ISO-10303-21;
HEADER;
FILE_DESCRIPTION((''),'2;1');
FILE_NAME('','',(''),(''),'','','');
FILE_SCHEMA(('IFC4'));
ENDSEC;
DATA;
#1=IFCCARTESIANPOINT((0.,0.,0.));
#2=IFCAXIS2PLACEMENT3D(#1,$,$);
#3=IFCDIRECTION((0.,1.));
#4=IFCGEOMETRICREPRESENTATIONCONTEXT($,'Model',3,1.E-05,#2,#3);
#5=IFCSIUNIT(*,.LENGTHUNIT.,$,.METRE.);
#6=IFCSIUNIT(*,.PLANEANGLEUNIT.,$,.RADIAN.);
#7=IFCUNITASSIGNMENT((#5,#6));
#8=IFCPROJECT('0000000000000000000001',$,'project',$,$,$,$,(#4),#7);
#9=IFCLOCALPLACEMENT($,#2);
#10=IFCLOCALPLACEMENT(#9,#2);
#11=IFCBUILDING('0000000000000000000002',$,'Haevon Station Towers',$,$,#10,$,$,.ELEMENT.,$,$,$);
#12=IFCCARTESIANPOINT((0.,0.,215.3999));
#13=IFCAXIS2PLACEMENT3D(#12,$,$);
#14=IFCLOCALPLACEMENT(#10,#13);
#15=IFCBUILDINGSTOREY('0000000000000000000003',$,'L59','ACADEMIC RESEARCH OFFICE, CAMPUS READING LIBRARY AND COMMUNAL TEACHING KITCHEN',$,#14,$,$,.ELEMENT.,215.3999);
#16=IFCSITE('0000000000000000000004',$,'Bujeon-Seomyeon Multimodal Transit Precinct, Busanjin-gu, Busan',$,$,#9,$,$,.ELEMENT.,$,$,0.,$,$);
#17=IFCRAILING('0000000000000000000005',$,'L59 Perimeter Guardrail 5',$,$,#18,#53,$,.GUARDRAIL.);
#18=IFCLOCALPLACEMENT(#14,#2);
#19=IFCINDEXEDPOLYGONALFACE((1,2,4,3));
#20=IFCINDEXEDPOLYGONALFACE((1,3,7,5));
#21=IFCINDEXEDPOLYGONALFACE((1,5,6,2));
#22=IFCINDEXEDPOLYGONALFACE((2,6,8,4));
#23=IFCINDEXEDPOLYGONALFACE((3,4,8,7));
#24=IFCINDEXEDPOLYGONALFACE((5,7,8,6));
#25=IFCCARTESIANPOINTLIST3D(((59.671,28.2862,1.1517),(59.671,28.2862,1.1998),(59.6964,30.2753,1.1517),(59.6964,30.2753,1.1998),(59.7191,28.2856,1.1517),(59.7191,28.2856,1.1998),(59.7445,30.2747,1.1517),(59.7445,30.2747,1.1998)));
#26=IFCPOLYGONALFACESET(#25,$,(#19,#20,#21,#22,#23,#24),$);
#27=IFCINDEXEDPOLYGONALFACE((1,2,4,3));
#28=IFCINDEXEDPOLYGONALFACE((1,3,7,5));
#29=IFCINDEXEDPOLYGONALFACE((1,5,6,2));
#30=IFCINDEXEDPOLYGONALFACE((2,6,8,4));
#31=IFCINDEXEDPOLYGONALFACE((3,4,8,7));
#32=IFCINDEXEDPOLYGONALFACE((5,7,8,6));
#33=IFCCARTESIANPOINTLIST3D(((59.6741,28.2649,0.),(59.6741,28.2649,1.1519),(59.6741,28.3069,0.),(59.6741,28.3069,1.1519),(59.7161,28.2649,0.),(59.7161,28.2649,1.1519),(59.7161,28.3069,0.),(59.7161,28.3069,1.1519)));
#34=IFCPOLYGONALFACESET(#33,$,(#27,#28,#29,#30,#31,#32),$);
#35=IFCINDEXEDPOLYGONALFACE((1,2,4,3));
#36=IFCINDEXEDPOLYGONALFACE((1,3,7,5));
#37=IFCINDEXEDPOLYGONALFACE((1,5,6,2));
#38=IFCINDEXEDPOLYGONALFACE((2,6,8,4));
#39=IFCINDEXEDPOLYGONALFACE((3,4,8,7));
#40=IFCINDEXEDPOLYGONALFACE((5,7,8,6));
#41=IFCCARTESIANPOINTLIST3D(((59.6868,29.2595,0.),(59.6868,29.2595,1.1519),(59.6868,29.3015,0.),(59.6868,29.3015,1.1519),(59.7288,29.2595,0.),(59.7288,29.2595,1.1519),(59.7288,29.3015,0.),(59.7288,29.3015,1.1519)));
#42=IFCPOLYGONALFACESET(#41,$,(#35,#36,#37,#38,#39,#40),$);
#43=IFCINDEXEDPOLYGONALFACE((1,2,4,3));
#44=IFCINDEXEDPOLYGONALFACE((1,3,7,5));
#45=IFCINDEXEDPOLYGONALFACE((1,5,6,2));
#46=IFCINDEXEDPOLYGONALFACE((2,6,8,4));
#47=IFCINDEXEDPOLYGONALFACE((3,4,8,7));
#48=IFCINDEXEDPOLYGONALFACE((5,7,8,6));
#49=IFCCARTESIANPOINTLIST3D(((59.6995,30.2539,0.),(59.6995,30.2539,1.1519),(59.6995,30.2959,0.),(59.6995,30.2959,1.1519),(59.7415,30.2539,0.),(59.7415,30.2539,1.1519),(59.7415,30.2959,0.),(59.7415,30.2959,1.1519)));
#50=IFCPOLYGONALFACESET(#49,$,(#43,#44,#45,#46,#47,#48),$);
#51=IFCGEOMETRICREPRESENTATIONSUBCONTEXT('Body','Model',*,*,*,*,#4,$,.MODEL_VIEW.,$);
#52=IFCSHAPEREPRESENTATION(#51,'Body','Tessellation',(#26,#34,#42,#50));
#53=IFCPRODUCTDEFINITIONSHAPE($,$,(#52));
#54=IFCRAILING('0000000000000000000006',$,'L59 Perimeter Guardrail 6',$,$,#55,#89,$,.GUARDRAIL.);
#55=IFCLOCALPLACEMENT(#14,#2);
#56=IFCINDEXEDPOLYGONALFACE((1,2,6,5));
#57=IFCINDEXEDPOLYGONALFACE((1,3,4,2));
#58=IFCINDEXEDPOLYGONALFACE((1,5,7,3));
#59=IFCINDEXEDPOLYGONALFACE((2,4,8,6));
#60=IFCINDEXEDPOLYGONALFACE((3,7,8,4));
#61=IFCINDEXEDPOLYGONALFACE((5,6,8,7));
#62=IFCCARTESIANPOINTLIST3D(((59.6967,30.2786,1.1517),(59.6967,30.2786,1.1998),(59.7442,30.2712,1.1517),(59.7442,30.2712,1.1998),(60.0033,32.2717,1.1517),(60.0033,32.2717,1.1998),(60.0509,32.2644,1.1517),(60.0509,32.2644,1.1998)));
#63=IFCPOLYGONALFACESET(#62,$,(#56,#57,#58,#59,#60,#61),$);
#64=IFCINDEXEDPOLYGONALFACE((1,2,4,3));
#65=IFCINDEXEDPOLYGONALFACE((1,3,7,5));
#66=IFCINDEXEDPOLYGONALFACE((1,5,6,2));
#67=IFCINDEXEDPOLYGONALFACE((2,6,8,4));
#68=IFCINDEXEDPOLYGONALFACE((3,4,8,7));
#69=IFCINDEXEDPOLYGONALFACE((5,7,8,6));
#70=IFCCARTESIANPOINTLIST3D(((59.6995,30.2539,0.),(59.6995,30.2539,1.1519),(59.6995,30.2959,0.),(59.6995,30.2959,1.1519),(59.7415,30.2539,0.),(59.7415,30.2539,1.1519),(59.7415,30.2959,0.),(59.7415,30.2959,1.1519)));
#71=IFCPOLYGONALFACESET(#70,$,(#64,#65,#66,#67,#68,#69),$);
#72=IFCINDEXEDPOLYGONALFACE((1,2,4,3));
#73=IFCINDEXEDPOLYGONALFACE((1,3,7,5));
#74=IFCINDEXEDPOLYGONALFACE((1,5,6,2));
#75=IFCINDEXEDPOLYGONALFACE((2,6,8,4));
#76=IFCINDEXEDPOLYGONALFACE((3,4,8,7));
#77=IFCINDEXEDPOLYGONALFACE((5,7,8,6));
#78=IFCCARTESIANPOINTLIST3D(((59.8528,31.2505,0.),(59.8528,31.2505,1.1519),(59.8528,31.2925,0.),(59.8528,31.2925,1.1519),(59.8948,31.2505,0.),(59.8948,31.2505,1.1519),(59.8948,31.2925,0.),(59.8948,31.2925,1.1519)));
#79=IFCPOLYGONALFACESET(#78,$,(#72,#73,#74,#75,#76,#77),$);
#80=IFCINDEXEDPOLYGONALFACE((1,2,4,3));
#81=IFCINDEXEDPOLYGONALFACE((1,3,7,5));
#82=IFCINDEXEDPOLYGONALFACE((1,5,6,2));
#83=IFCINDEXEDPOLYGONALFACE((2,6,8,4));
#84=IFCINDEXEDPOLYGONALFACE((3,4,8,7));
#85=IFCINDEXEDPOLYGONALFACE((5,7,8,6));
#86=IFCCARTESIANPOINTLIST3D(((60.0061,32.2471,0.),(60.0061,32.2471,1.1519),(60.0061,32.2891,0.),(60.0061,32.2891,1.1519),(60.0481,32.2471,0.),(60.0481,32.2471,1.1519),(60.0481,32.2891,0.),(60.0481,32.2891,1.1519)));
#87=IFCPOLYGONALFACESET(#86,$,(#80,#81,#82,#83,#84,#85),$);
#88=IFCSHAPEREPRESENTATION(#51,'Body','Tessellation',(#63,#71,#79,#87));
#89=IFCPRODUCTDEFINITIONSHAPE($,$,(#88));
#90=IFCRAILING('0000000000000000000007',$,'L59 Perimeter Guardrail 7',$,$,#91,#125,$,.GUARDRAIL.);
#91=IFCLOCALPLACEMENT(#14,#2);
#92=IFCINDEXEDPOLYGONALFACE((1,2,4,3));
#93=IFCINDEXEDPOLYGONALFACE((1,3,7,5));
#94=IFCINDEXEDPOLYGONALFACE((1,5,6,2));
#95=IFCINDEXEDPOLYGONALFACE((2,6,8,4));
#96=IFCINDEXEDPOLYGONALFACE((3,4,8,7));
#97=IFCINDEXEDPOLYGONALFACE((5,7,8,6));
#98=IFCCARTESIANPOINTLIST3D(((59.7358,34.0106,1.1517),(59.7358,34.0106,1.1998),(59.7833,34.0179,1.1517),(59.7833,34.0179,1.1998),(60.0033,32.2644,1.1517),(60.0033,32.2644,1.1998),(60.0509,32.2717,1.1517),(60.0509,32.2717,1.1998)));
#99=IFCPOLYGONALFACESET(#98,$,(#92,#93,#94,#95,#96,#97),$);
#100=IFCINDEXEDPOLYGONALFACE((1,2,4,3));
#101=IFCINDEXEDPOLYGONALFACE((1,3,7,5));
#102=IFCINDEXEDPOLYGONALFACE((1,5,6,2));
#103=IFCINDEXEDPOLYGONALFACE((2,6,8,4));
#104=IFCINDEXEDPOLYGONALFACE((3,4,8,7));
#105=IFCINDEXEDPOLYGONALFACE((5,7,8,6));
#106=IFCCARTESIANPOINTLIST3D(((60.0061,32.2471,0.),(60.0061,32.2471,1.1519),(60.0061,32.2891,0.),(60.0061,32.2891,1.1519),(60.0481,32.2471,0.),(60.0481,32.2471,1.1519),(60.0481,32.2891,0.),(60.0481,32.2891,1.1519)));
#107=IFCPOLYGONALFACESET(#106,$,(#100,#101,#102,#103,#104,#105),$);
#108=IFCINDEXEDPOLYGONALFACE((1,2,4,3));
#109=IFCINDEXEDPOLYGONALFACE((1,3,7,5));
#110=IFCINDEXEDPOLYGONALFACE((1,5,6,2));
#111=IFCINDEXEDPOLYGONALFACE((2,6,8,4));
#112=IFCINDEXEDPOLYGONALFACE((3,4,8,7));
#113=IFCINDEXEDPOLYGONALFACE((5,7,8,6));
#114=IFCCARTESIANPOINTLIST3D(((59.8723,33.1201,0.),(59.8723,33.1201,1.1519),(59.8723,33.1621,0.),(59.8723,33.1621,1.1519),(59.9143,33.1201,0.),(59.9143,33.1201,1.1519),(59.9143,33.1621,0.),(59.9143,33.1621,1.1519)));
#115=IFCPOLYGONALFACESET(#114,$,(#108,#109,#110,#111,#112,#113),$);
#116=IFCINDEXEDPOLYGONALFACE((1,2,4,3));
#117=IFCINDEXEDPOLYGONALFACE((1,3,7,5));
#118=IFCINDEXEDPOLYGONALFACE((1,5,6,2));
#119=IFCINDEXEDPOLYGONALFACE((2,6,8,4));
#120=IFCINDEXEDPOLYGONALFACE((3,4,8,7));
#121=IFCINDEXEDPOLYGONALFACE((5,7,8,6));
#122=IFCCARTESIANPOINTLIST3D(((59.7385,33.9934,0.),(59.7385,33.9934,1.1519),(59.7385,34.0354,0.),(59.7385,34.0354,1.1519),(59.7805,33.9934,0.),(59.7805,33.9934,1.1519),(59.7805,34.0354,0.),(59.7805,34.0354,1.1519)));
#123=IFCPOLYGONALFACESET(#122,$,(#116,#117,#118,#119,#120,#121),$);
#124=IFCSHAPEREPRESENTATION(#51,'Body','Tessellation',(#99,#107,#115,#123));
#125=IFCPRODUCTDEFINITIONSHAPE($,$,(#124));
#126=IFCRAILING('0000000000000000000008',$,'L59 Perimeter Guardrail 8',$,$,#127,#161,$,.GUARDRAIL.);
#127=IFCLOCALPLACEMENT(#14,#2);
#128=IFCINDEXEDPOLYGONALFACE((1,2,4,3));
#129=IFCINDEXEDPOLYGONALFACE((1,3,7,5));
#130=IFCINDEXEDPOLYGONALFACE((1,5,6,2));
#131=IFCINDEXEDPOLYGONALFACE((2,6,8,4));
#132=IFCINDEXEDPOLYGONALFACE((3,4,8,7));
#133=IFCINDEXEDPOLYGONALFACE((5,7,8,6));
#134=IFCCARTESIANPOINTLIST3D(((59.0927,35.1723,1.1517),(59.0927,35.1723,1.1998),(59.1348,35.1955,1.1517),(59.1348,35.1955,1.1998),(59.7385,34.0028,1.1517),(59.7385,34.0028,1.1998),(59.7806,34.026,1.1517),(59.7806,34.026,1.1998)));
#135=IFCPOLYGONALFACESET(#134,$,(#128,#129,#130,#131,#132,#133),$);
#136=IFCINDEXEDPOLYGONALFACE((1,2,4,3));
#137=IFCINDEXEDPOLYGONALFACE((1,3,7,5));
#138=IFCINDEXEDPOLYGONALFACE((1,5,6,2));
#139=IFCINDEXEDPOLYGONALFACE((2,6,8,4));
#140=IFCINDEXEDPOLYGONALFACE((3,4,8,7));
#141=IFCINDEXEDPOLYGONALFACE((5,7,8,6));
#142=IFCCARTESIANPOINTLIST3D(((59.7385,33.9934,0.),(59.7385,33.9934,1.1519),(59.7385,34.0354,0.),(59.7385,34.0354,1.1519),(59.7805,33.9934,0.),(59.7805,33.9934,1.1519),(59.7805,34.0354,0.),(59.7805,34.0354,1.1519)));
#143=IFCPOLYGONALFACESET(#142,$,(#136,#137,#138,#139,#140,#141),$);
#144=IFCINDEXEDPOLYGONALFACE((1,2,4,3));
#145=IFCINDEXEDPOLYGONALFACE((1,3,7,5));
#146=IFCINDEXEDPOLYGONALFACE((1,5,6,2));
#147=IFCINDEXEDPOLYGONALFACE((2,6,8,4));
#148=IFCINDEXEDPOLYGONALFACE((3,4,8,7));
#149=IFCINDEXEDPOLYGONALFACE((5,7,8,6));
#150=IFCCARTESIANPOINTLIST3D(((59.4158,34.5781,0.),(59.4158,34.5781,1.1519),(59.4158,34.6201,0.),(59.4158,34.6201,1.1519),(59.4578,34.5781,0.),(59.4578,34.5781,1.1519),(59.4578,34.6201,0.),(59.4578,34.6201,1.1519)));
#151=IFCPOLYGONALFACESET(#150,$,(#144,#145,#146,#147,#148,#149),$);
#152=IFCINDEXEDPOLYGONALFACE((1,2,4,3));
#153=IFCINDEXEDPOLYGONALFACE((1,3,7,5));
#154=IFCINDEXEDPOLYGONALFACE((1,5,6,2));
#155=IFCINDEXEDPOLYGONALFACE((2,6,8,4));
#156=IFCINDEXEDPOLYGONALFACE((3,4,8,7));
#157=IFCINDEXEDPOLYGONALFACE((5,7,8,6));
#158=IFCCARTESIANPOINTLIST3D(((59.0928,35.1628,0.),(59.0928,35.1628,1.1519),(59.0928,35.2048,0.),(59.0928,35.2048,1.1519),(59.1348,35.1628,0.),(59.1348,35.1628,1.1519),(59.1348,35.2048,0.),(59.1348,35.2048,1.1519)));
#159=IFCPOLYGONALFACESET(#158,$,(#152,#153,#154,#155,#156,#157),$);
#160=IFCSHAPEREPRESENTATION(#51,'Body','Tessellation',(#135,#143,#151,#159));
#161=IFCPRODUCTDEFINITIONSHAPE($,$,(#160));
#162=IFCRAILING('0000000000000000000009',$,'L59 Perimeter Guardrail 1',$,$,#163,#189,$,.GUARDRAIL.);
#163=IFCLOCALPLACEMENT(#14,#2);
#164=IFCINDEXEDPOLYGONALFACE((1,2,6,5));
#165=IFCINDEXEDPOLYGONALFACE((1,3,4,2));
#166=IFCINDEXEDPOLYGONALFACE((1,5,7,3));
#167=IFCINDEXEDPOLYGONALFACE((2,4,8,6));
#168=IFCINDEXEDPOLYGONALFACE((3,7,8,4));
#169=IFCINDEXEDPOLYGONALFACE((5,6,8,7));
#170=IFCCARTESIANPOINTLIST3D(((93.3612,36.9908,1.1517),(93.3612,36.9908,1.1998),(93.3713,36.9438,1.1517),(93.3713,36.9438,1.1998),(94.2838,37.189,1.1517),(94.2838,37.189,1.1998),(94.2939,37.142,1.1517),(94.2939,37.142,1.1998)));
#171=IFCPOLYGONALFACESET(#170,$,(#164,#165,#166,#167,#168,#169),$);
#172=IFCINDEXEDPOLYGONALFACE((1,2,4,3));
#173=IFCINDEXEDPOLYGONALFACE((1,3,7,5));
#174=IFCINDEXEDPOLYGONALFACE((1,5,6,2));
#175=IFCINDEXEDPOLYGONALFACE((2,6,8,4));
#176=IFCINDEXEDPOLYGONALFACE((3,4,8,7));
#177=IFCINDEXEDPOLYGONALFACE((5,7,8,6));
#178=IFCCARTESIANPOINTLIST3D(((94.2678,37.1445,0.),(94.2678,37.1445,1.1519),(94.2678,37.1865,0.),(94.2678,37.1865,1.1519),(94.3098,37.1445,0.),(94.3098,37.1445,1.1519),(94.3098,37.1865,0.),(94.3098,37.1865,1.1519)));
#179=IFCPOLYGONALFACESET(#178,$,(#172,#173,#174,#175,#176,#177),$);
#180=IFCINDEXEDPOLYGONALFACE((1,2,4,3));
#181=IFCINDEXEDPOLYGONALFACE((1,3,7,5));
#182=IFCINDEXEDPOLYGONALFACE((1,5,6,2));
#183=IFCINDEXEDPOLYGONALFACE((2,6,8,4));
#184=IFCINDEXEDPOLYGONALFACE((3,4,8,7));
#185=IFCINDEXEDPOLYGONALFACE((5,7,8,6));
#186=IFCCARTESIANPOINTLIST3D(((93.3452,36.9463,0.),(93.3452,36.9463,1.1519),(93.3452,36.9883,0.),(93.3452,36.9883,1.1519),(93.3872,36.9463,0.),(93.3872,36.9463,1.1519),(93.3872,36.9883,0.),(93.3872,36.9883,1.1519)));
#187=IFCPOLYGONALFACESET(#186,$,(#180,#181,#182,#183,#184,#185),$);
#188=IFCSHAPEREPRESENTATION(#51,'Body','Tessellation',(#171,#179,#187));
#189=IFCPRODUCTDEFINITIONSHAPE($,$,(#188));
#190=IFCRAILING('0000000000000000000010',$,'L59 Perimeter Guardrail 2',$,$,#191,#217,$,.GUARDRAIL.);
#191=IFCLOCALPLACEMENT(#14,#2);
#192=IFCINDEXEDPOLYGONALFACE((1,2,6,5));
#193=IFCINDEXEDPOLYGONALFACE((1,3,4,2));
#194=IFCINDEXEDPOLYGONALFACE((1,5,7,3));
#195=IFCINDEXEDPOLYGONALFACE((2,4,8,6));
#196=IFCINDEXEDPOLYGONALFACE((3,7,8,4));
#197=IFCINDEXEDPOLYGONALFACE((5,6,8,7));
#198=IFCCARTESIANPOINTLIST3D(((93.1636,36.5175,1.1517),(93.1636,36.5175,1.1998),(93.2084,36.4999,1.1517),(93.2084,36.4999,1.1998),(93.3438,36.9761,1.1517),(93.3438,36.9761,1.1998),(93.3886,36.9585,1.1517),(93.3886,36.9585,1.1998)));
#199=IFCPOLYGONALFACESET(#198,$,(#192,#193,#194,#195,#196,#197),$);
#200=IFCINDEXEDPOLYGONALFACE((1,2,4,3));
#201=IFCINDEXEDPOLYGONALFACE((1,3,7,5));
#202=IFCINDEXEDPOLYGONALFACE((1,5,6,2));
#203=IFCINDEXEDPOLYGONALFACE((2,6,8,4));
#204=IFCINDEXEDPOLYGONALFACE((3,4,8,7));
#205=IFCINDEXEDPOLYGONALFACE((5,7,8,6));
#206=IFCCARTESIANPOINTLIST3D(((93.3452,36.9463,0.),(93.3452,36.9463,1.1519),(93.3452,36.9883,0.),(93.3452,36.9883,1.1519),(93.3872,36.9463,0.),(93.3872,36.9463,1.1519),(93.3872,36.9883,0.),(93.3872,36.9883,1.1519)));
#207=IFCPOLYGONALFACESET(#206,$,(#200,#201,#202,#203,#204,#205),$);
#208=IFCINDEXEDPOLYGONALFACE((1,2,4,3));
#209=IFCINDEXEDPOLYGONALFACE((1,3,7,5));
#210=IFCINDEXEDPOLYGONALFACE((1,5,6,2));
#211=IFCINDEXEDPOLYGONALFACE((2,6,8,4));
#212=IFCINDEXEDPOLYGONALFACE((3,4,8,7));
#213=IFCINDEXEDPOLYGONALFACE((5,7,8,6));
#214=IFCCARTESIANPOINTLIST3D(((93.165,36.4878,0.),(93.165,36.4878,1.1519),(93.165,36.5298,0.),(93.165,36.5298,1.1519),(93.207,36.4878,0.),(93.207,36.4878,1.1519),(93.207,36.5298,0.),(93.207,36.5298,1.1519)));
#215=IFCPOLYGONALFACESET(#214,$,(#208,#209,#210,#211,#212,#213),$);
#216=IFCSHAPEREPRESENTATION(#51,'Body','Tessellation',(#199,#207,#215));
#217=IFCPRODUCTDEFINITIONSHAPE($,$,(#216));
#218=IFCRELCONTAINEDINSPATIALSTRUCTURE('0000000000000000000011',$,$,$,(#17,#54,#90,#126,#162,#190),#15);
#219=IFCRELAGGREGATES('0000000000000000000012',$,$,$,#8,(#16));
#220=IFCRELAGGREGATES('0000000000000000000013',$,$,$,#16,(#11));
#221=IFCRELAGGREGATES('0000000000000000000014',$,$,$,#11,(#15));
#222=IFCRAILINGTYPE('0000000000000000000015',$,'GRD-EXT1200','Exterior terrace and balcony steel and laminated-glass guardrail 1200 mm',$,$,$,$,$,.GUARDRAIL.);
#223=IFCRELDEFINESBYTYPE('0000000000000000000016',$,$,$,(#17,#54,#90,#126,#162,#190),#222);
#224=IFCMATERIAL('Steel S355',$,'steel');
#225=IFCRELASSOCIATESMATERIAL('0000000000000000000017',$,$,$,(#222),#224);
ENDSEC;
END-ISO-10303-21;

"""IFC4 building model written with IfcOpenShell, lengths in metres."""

from ifc_helpers import new_model, si_unit, direction, frame, origin, origin_2d, place, context, subcontext, project, spatial, rectangle, extrude, material, type_object, element, save


model = new_model("IFC4")

# Units and contexts
model_context = context("Model", 3, precision=1e-05, world=origin(), true_north=direction((0.0, 1.0)))
body_context = subcontext(model_context, "Body", "Model", "MODEL_VIEW")
ifc_project = project(units=[si_unit("LENGTHUNIT", "METRE"), si_unit("PLANEANGLEUNIT", "RADIAN")], contexts=[model_context])

# Site, building, storey
site_placement = place(None, origin())
site = spatial("IfcSite", under=ifc_project, at=site_placement, Name="Bujeon-Seomyeon Multimodal Transit Precinct, Busanjin-gu, Busan", CompositionType="ELEMENT", RefElevation=0.0)
building_placement = place(site_placement, origin())
building = spatial("IfcBuilding", under=site, at=building_placement, Name="Haevon Station Towers", CompositionType="ELEMENT")
storey_placement = place(building_placement, frame((0.0, 0.0, 215.3999)))
storey = spatial("IfcBuildingStorey", under=building, at=storey_placement, Name="L59", Description="ACADEMIC RESEARCH OFFICE, CAMPUS READING LIBRARY AND COMMUNAL TEACHING KITCHEN", CompositionType="ELEMENT", Elevation=215.3999)

# Shared definitions
ifc_material_1 = material(Name="Steel S355", Category="steel")

# Railings
railing_type = type_object("IfcRailingType", Name="GRD-EXT1200", Description="Exterior terrace and balcony steel and laminated-glass guardrail 1200 mm", PredefinedType="GUARDRAIL", material=ifc_material_1)
railing_1_placement = place(storey_placement, frame((59.6951, 28.2859, 0.0)))
element("IfcRailing", 1, at=railing_1_placement, inside=storey, type_object=railing_type, Name="L59 Perimeter Guardrail 5", PredefinedType="GUARDRAIL", context=body_context, shape_type="SweptSolid", body=[
    extrude(rectangle(XDim=0.0481, YDim=0.0481, at=origin_2d()), frame((0.0, 0.0, 1.1758), z_axis=(0.012764, 0.999919, 0.0), x_axis=(-0.999919, 0.012764, 0.0)), (0.0, 0.0, 1.0), 1.9893),
    extrude(rectangle(XDim=0.042, YDim=0.042, at=origin_2d()), origin(), (0.0, 0.0, 1.0), 1.1519),
    extrude(rectangle(XDim=0.042, YDim=0.042, at=origin_2d()), frame((0.0127, 0.9946, 0.0)), (0.0, 0.0, 1.0), 1.1519),
    extrude(rectangle(XDim=0.042, YDim=0.042, at=origin_2d()), frame((0.0254, 1.989, 0.0)), (0.0, 0.0, 1.0), 1.1519),
])
railing_2_placement = place(storey_placement, frame((59.7205, 30.2749, 0.0)))
element("IfcRailing", 2, at=railing_2_placement, inside=storey, type_object=railing_type, Name="L59 Perimeter Guardrail 6", PredefinedType="GUARDRAIL", context=body_context, shape_type="SweptSolid", body=[
    extrude(rectangle(XDim=0.0481, YDim=0.0481, at=origin_2d()), frame((0.0, 0.0, 1.1758), z_axis=(0.152057, 0.988372, 0.0), x_axis=(-0.988372, 0.152057, 0.0)), (0.0, 0.0, 1.0), 2.0166),
    extrude(rectangle(XDim=0.042, YDim=0.042, at=origin_2d()), origin(), (0.0, 0.0, 1.0), 1.1519),
    extrude(rectangle(XDim=0.042, YDim=0.042, at=origin_2d()), frame((0.1533, 0.9966, 0.0)), (0.0, 0.0, 1.0), 1.1519),
    extrude(rectangle(XDim=0.042, YDim=0.042, at=origin_2d()), frame((0.3066, 1.9932, 0.0)), (0.0, 0.0, 1.0), 1.1519),
])
railing_3_placement = place(storey_placement, frame((60.0271, 32.2681, 0.0)))
element("IfcRailing", 3, at=railing_3_placement, inside=storey, type_object=railing_type, Name="L59 Perimeter Guardrail 7", PredefinedType="GUARDRAIL", context=body_context, shape_type="SweptSolid", body=[
    extrude(rectangle(XDim=0.0481, YDim=0.0481, at=origin_2d()), frame((0.0, 0.0, 1.1758), z_axis=(-0.151455, 0.988464, 0.0), x_axis=(-0.988464, -0.151455, 0.0)), (0.0, 0.0, 1.0), 1.7666),
    extrude(rectangle(XDim=0.042, YDim=0.042, at=origin_2d()), origin(), (0.0, 0.0, 1.0), 1.1519),
    extrude(rectangle(XDim=0.042, YDim=0.042, at=origin_2d()), frame((-0.1338, 0.873, 0.0)), (0.0, 0.0, 1.0), 1.1519),
    extrude(rectangle(XDim=0.042, YDim=0.042, at=origin_2d()), frame((-0.2676, 1.7463, 0.0)), (0.0, 0.0, 1.0), 1.1519),
])
railing_4_placement = place(storey_placement, frame((59.7595, 34.0144, 0.0)))
element("IfcRailing", 4, at=railing_4_placement, inside=storey, type_object=railing_type, Name="L59 Perimeter Guardrail 8", PredefinedType="GUARDRAIL", context=body_context, shape_type="SweptSolid", body=[
    extrude(rectangle(XDim=0.0481, YDim=0.0481, at=origin_2d()), frame((0.0, 0.0, 1.1758), z_axis=(-0.483391, 0.875404, 0.0), x_axis=(-0.875404, -0.483391, 0.0)), (0.0, 0.0, 1.0), 1.3359),
    extrude(rectangle(XDim=0.042, YDim=0.042, at=origin_2d()), origin(), (0.0, 0.0, 1.0), 1.1519),
    extrude(rectangle(XDim=0.042, YDim=0.042, at=origin_2d()), frame((-0.3228, 0.5847, 0.0)), (0.0, 0.0, 1.0), 1.1519),
    extrude(rectangle(XDim=0.042, YDim=0.042, at=origin_2d()), frame((-0.6458, 1.1694, 0.0)), (0.0, 0.0, 1.0), 1.1519),
])
railing_5_placement = place(storey_placement, frame((94.2888, 37.1655, 0.0)))
element("IfcRailing", 5, at=railing_5_placement, inside=storey, type_object=railing_type, Name="L59 Perimeter Guardrail 1", PredefinedType="GUARDRAIL", context=body_context, shape_type="SweptSolid", body=[
    extrude(rectangle(XDim=0.0481, YDim=0.0481, at=origin_2d()), frame((0.0, 0.0, 1.1758), z_axis=(-0.977685, -0.210077, 0.0), x_axis=(0.210077, -0.977685, 0.0)), (0.0, 0.0, 1.0), 0.9436),
    extrude(rectangle(XDim=0.042, YDim=0.042, at=origin_2d()), origin(), (0.0, 0.0, 1.0), 1.1519),
    extrude(rectangle(XDim=0.042, YDim=0.042, at=origin_2d()), frame((-0.9226, -0.1982, 0.0)), (0.0, 0.0, 1.0), 1.1519),
])
railing_6_placement = place(storey_placement, frame((93.3662, 36.9673, 0.0)))
element("IfcRailing", 6, at=railing_6_placement, inside=storey, type_object=railing_type, Name="L59 Perimeter Guardrail 2", PredefinedType="GUARDRAIL", context=body_context, shape_type="SweptSolid", body=[
    extrude(rectangle(XDim=0.0481, YDim=0.0481, at=origin_2d()), frame((0.0, 0.0, 1.1758), z_axis=(-0.365744, -0.930715, 0.0), x_axis=(0.930715, -0.365744, 0.0)), (0.0, 0.0, 1.0), 0.4927),
    extrude(rectangle(XDim=0.042, YDim=0.042, at=origin_2d()), origin(), (0.0, 0.0, 1.0), 1.1519),
    extrude(rectangle(XDim=0.042, YDim=0.042, at=origin_2d()), frame((-0.1802, -0.4585, 0.0)), (0.0, 0.0, 1.0), 1.1519),
])

save(model, "model.ifc")
